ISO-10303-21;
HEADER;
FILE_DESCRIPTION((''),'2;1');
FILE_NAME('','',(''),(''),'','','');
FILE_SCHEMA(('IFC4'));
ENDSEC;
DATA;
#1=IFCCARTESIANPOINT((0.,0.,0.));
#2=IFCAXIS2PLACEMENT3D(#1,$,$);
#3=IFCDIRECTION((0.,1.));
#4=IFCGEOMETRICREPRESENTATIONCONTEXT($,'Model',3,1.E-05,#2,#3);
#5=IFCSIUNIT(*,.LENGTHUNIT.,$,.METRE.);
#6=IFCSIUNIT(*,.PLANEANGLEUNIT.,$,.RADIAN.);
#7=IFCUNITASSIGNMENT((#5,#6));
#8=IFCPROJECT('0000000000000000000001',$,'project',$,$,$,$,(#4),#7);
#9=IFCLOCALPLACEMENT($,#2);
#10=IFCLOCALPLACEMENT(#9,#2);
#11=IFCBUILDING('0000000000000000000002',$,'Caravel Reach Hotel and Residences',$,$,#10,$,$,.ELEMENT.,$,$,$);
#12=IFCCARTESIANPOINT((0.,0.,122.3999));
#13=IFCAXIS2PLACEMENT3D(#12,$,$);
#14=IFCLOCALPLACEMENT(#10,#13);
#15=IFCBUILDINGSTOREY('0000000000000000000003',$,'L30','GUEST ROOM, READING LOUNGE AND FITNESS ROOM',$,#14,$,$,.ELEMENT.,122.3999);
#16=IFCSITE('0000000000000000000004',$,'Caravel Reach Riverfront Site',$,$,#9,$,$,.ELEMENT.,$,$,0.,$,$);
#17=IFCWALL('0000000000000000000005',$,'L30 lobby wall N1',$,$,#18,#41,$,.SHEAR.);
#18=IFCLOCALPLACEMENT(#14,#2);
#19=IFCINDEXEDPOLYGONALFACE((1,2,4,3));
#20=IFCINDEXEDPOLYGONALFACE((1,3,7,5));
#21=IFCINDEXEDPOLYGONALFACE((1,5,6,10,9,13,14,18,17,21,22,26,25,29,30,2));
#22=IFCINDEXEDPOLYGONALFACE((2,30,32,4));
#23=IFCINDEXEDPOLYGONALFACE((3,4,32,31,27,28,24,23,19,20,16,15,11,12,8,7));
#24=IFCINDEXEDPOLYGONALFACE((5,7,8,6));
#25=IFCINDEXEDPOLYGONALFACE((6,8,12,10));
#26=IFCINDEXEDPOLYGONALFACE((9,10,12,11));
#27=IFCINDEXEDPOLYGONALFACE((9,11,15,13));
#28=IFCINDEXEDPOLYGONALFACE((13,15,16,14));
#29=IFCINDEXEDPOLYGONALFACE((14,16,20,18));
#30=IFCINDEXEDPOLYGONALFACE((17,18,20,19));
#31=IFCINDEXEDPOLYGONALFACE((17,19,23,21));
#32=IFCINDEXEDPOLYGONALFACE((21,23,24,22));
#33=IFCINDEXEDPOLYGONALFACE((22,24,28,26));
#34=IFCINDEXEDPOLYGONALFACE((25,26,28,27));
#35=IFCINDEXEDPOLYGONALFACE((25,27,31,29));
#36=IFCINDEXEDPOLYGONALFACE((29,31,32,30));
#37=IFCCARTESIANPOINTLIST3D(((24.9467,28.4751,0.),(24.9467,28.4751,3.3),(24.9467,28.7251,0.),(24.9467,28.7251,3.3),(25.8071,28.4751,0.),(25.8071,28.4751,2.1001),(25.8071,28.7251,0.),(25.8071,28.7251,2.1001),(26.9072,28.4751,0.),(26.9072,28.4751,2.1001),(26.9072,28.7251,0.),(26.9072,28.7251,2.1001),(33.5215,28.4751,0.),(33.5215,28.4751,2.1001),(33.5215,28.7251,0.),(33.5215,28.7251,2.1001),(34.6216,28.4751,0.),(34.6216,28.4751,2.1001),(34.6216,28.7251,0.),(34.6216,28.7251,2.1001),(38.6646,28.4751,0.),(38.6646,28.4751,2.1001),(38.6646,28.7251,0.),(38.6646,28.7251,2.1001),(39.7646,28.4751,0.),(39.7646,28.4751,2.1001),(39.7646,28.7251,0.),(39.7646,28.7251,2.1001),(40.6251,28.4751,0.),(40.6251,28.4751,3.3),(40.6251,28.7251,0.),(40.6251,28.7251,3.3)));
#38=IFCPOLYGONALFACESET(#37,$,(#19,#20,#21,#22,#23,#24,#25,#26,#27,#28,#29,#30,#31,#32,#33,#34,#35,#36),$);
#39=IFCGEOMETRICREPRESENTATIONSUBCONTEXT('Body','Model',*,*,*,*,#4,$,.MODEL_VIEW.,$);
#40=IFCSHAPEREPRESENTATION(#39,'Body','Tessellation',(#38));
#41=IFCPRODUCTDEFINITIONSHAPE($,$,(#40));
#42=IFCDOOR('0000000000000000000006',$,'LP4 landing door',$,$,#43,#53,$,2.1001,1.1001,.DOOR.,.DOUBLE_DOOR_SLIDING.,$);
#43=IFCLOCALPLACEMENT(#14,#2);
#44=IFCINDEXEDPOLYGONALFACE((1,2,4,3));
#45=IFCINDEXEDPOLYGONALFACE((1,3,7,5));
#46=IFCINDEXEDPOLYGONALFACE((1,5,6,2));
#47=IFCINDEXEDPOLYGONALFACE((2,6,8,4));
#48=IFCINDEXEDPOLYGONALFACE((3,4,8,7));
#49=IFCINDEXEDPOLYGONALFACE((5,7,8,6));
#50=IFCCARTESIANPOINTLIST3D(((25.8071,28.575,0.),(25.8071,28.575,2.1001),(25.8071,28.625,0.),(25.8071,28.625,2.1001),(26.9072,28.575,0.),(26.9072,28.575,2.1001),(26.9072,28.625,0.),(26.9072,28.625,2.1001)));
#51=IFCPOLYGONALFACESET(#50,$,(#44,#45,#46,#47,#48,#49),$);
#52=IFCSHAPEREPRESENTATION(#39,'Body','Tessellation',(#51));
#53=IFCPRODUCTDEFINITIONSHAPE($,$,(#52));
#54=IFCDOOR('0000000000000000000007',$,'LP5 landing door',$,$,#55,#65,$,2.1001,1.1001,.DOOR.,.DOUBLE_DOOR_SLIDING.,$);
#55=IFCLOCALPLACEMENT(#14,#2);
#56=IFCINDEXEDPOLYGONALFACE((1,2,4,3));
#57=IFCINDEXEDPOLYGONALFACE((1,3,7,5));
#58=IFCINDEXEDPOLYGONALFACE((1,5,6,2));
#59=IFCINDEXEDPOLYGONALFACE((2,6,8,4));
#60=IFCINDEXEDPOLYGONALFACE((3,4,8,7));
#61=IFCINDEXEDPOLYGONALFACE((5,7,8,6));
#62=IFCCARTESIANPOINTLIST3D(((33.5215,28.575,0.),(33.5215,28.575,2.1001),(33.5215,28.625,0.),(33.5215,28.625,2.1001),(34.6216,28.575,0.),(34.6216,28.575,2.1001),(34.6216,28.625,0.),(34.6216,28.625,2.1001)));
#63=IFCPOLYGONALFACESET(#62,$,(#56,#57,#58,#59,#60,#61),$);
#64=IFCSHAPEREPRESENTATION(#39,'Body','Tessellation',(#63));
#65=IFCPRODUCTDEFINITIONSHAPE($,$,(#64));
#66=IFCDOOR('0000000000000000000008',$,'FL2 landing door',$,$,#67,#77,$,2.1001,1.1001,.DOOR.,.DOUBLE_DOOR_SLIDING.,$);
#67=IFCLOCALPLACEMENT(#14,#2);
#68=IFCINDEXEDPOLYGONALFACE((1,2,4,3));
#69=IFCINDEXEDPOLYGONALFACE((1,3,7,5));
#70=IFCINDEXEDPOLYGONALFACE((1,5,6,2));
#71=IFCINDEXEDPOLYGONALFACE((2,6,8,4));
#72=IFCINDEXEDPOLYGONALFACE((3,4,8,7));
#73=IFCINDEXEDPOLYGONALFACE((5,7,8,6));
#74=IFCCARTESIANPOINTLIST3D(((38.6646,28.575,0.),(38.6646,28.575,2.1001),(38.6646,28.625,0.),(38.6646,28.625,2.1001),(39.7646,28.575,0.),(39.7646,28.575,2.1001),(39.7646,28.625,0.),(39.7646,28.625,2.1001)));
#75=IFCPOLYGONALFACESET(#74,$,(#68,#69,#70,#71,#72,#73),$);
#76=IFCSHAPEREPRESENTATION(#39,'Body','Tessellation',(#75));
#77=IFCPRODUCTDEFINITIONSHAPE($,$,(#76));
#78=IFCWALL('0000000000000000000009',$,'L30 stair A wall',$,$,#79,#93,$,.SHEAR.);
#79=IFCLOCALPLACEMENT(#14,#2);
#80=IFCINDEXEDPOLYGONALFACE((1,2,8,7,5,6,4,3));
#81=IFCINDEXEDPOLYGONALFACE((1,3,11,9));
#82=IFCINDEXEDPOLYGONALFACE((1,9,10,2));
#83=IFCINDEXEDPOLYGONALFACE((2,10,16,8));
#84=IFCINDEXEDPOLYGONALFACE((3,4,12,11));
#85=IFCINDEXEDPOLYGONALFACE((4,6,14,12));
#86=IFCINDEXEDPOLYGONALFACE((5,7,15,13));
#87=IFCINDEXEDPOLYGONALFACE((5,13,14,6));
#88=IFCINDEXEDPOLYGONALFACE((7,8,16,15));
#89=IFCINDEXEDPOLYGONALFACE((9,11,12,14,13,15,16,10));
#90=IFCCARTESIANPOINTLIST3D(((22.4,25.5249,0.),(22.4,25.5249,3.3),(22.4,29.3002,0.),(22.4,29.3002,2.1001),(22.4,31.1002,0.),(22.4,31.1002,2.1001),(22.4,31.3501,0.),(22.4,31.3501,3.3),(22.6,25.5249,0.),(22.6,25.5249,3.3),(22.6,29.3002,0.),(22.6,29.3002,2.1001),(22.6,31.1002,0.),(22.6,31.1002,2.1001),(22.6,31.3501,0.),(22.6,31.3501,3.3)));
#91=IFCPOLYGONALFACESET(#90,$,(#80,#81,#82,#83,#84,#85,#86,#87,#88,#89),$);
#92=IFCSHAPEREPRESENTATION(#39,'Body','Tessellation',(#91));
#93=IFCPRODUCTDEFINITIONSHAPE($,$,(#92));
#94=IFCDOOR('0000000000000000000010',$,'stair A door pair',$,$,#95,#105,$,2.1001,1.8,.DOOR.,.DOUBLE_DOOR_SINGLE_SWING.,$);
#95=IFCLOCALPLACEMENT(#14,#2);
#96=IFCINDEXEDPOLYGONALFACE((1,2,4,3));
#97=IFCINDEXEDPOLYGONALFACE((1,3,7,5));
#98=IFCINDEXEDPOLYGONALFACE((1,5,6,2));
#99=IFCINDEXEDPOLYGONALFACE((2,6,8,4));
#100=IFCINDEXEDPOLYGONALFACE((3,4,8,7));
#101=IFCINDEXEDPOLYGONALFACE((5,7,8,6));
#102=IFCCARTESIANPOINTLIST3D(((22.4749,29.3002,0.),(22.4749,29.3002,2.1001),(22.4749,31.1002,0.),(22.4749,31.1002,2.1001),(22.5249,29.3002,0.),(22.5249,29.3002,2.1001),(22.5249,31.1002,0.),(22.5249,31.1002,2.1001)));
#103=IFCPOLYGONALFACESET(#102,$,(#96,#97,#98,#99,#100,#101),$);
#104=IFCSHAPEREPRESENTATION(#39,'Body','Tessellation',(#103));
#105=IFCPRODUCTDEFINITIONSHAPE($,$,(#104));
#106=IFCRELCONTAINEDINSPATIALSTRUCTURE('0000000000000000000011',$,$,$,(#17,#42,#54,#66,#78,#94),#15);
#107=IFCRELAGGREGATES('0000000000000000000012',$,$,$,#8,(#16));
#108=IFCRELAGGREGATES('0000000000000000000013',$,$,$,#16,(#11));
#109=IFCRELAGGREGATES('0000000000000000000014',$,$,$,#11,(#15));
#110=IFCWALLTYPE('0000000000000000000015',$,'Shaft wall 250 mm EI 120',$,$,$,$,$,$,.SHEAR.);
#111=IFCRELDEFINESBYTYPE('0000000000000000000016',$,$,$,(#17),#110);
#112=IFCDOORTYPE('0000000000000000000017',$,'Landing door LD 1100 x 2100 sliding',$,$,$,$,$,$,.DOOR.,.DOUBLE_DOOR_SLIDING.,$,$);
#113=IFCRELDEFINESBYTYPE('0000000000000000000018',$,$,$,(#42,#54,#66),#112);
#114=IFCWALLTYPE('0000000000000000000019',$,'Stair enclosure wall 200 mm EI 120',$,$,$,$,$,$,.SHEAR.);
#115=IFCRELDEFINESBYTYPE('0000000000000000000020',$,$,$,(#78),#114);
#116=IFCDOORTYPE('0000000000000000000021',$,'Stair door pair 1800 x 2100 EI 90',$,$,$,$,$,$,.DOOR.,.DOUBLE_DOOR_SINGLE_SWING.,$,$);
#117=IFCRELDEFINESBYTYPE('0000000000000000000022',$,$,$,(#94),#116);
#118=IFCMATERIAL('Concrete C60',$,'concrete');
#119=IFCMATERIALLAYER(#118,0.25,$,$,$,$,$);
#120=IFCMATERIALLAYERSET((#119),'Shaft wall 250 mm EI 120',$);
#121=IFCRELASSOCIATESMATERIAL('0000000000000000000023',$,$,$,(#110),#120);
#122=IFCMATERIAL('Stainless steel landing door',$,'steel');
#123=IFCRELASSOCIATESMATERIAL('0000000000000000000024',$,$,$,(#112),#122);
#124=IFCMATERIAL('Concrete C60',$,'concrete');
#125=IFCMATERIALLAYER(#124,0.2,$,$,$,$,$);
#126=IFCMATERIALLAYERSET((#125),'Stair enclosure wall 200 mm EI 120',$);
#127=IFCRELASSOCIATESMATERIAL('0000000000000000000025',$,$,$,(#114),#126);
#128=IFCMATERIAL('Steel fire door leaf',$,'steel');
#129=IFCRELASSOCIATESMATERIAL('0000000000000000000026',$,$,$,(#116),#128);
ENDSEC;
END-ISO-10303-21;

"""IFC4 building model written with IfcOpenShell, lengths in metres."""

from ifc_helpers import new_model, si_unit, direction, frame, frame_2d, origin, place, context, subcontext, project, spatial, rectangle, extrude, material, layer, layer_set, type_object, element, fill, save


model = new_model("IFC4")

# Units and contexts
model_context = context("Model", 3, precision=1e-05, world=origin(), true_north=direction((0.0, 1.0)))
body_context = subcontext(model_context, "Body", "Model", "MODEL_VIEW")
ifc_project = project(units=[si_unit("LENGTHUNIT", "METRE"), si_unit("PLANEANGLEUNIT", "RADIAN")], contexts=[model_context])

# Site, building, storey
site_placement = place(None, origin())
site = spatial("IfcSite", under=ifc_project, at=site_placement, Name="Caravel Reach Riverfront Site", CompositionType="ELEMENT", RefElevation=0.0)
building_placement = place(site_placement, origin())
building = spatial("IfcBuilding", under=site, at=building_placement, Name="Caravel Reach Hotel and Residences", CompositionType="ELEMENT")
storey_placement = place(building_placement, frame((0.0, 0.0, 122.3999)))
storey = spatial("IfcBuildingStorey", under=building, at=storey_placement, Name="L30", Description="GUEST ROOM, READING LOUNGE AND FITNESS ROOM", CompositionType="ELEMENT", Elevation=122.3999)

# Wall, openings, doors
ifc_material_1 = material(Name="Concrete C60", Category="concrete")
ifc_layer_1 = layer(ifc_material_1, 0.25)
ifc_layer_set_1 = layer_set([ifc_layer_1], Name="Shaft wall 250 mm EI 120")
wall_type_1 = type_object("IfcWallType", Name="Shaft wall 250 mm EI 120", PredefinedType="SHEAR", material=ifc_layer_set_1)
wall_1_placement = place(storey_placement, frame((24.9465, 28.6001, 0.0), z_axis=(0.0, 0.0, 1.0), x_axis=(1.0, 0.0, 0.0)))
wall_1 = element("IfcWall", 1, at=wall_1_placement, inside=storey, type_object=wall_type_1, Name="L30 lobby wall N1", PredefinedType="SHEAR", context=body_context, shape_type="SweptSolid", body=[
    extrude(rectangle(XDim=15.6785, YDim=0.25, at=frame_2d((7.8394, 0.0))), origin(), (0.0, 0.0, 1.0), 3.3),
])
opening_1_placement = place(wall_1_placement, frame((0.8606, 0.0, 0.0)))
opening_1 = element("IfcOpeningElement", 2, at=opening_1_placement, cuts=wall_1, PredefinedType="OPENING", context=body_context, shape_type="SweptSolid", body=[
    extrude(rectangle(XDim=1.1001, YDim=2.1001, at=frame_2d((0.55, 1.05))), frame((0.0, 0.135, 0.0), z_axis=(0.0, -1.0, 0.0), x_axis=(1.0, 0.0, 0.0)), (0.0, 0.0, 1.0), 0.27),
])
opening_2_placement = place(wall_1_placement, frame((8.575, 0.0, 0.0)))
opening_2 = element("IfcOpeningElement", 3, at=opening_2_placement, cuts=wall_1, PredefinedType="OPENING", context=body_context, shape_type="SweptSolid", body=[
    extrude(rectangle(XDim=1.1001, YDim=2.1001, at=frame_2d((0.55, 1.05))), frame((0.0, 0.135, 0.0), z_axis=(0.0, -1.0, 0.0), x_axis=(1.0, 0.0, 0.0)), (0.0, 0.0, 1.0), 0.27),
])
opening_3_placement = place(wall_1_placement, frame((13.718, 0.0, 0.0)))
opening_3 = element("IfcOpeningElement", 4, at=opening_3_placement, cuts=wall_1, PredefinedType="OPENING", context=body_context, shape_type="SweptSolid", body=[
    extrude(rectangle(XDim=1.1001, YDim=2.1001, at=frame_2d((0.55, 1.05))), frame((0.0, 0.135, 0.0), z_axis=(0.0, -1.0, 0.0), x_axis=(1.0, 0.0, 0.0)), (0.0, 0.0, 1.0), 0.27),
])
ifc_material_2 = material(Name="Stainless steel landing door", Category="steel")
door_type_1 = type_object("IfcDoorType", Name="Landing door LD 1100 x 2100 sliding", OperationType="DOUBLE_DOOR_SLIDING", PredefinedType="DOOR", material=ifc_material_2)
door_1_placement = place(opening_1_placement, origin())
door_1 = element("IfcDoor", 5, at=door_1_placement, inside=storey, type_object=door_type_1, Name="LP4 landing door", OperationType="DOUBLE_DOOR_SLIDING", OverallHeight=2.1001, OverallWidth=1.1001, PredefinedType="DOOR", context=body_context, shape_type="SweptSolid", body=[
    extrude(rectangle(XDim=1.1001, YDim=2.1001, at=frame_2d((0.55, 1.05))), frame((0.0, 0.0249, 0.0), z_axis=(0.0, -1.0, 0.0), x_axis=(1.0, 0.0, 0.0)), (0.0, 0.0, 1.0), 0.05),
])
fill(opening_1, door_1)
door_2_placement = place(opening_2_placement, origin())
door_2 = element("IfcDoor", 6, at=door_2_placement, inside=storey, type_object=door_type_1, Name="LP5 landing door", OperationType="DOUBLE_DOOR_SLIDING", OverallHeight=2.1001, OverallWidth=1.1001, PredefinedType="DOOR", context=body_context, shape_type="SweptSolid", body=[
    extrude(rectangle(XDim=1.1001, YDim=2.1001, at=frame_2d((0.55, 1.05))), frame((0.0, 0.0249, 0.0), z_axis=(0.0, -1.0, 0.0), x_axis=(1.0, 0.0, 0.0)), (0.0, 0.0, 1.0), 0.05),
])
fill(opening_2, door_2)
door_3_placement = place(opening_3_placement, origin())
door_3 = element("IfcDoor", 7, at=door_3_placement, inside=storey, type_object=door_type_1, Name="FL2 landing door", OperationType="DOUBLE_DOOR_SLIDING", OverallHeight=2.1001, OverallWidth=1.1001, PredefinedType="DOOR", context=body_context, shape_type="SweptSolid", body=[
    extrude(rectangle(XDim=1.1001, YDim=2.1001, at=frame_2d((0.55, 1.05))), frame((0.0, 0.0249, 0.0), z_axis=(0.0, -1.0, 0.0), x_axis=(1.0, 0.0, 0.0)), (0.0, 0.0, 1.0), 0.05),
])
fill(opening_3, door_3)

# Wall, opening, door
ifc_material_3 = material(Name="Concrete C60", Category="concrete")
ifc_layer_2 = layer(ifc_material_3, 0.2)
ifc_layer_set_2 = layer_set([ifc_layer_2], Name="Stair enclosure wall 200 mm EI 120")
wall_type_2 = type_object("IfcWallType", Name="Stair enclosure wall 200 mm EI 120", PredefinedType="SHEAR", material=ifc_layer_set_2)
wall_2_placement = place(storey_placement, frame((22.5, 31.3501, 0.0), z_axis=(0.0, 0.0, 1.0), x_axis=(0.0, -1.0, 0.0)))
wall_2 = element("IfcWall", 8, at=wall_2_placement, inside=storey, type_object=wall_type_2, Name="L30 stair A wall", PredefinedType="SHEAR", context=body_context, shape_type="SweptSolid", body=[
    extrude(rectangle(XDim=5.8252, YDim=0.2, at=frame_2d((2.9126, 0.0))), origin(), (0.0, 0.0, 1.0), 3.3),
])
opening_4_placement = place(wall_2_placement, frame((0.25, 0.0, 0.0)))
opening_4 = element("IfcOpeningElement", 9, at=opening_4_placement, cuts=wall_2, PredefinedType="OPENING", context=body_context, shape_type="SweptSolid", body=[
    extrude(rectangle(XDim=1.8, YDim=2.1001, at=frame_2d((0.8999, 1.05))), frame((0.0, 0.1099, 0.0), z_axis=(0.0, -1.0, 0.0), x_axis=(1.0, 0.0, 0.0)), (0.0, 0.0, 1.0), 0.22),
])
ifc_material_4 = material(Name="Steel fire door leaf", Category="steel")
door_type_2 = type_object("IfcDoorType", Name="Stair door pair 1800 x 2100 EI 90", OperationType="DOUBLE_DOOR_SINGLE_SWING", PredefinedType="DOOR", material=ifc_material_4)
door_4_placement = place(opening_4_placement, origin())
door_4 = element("IfcDoor", 10, at=door_4_placement, inside=storey, type_object=door_type_2, Name="stair A door pair", OperationType="DOUBLE_DOOR_SINGLE_SWING", OverallHeight=2.1001, OverallWidth=1.8, PredefinedType="DOOR", context=body_context, shape_type="SweptSolid", body=[
    extrude(rectangle(XDim=1.8, YDim=2.1001, at=frame_2d((0.8999, 1.05))), frame((0.0, 0.0249, 0.0), z_axis=(0.0, -1.0, 0.0), x_axis=(1.0, 0.0, 0.0)), (0.0, 0.0, 1.0), 0.05),
])
fill(opening_4, door_4)

save(model, "model.ifc")
